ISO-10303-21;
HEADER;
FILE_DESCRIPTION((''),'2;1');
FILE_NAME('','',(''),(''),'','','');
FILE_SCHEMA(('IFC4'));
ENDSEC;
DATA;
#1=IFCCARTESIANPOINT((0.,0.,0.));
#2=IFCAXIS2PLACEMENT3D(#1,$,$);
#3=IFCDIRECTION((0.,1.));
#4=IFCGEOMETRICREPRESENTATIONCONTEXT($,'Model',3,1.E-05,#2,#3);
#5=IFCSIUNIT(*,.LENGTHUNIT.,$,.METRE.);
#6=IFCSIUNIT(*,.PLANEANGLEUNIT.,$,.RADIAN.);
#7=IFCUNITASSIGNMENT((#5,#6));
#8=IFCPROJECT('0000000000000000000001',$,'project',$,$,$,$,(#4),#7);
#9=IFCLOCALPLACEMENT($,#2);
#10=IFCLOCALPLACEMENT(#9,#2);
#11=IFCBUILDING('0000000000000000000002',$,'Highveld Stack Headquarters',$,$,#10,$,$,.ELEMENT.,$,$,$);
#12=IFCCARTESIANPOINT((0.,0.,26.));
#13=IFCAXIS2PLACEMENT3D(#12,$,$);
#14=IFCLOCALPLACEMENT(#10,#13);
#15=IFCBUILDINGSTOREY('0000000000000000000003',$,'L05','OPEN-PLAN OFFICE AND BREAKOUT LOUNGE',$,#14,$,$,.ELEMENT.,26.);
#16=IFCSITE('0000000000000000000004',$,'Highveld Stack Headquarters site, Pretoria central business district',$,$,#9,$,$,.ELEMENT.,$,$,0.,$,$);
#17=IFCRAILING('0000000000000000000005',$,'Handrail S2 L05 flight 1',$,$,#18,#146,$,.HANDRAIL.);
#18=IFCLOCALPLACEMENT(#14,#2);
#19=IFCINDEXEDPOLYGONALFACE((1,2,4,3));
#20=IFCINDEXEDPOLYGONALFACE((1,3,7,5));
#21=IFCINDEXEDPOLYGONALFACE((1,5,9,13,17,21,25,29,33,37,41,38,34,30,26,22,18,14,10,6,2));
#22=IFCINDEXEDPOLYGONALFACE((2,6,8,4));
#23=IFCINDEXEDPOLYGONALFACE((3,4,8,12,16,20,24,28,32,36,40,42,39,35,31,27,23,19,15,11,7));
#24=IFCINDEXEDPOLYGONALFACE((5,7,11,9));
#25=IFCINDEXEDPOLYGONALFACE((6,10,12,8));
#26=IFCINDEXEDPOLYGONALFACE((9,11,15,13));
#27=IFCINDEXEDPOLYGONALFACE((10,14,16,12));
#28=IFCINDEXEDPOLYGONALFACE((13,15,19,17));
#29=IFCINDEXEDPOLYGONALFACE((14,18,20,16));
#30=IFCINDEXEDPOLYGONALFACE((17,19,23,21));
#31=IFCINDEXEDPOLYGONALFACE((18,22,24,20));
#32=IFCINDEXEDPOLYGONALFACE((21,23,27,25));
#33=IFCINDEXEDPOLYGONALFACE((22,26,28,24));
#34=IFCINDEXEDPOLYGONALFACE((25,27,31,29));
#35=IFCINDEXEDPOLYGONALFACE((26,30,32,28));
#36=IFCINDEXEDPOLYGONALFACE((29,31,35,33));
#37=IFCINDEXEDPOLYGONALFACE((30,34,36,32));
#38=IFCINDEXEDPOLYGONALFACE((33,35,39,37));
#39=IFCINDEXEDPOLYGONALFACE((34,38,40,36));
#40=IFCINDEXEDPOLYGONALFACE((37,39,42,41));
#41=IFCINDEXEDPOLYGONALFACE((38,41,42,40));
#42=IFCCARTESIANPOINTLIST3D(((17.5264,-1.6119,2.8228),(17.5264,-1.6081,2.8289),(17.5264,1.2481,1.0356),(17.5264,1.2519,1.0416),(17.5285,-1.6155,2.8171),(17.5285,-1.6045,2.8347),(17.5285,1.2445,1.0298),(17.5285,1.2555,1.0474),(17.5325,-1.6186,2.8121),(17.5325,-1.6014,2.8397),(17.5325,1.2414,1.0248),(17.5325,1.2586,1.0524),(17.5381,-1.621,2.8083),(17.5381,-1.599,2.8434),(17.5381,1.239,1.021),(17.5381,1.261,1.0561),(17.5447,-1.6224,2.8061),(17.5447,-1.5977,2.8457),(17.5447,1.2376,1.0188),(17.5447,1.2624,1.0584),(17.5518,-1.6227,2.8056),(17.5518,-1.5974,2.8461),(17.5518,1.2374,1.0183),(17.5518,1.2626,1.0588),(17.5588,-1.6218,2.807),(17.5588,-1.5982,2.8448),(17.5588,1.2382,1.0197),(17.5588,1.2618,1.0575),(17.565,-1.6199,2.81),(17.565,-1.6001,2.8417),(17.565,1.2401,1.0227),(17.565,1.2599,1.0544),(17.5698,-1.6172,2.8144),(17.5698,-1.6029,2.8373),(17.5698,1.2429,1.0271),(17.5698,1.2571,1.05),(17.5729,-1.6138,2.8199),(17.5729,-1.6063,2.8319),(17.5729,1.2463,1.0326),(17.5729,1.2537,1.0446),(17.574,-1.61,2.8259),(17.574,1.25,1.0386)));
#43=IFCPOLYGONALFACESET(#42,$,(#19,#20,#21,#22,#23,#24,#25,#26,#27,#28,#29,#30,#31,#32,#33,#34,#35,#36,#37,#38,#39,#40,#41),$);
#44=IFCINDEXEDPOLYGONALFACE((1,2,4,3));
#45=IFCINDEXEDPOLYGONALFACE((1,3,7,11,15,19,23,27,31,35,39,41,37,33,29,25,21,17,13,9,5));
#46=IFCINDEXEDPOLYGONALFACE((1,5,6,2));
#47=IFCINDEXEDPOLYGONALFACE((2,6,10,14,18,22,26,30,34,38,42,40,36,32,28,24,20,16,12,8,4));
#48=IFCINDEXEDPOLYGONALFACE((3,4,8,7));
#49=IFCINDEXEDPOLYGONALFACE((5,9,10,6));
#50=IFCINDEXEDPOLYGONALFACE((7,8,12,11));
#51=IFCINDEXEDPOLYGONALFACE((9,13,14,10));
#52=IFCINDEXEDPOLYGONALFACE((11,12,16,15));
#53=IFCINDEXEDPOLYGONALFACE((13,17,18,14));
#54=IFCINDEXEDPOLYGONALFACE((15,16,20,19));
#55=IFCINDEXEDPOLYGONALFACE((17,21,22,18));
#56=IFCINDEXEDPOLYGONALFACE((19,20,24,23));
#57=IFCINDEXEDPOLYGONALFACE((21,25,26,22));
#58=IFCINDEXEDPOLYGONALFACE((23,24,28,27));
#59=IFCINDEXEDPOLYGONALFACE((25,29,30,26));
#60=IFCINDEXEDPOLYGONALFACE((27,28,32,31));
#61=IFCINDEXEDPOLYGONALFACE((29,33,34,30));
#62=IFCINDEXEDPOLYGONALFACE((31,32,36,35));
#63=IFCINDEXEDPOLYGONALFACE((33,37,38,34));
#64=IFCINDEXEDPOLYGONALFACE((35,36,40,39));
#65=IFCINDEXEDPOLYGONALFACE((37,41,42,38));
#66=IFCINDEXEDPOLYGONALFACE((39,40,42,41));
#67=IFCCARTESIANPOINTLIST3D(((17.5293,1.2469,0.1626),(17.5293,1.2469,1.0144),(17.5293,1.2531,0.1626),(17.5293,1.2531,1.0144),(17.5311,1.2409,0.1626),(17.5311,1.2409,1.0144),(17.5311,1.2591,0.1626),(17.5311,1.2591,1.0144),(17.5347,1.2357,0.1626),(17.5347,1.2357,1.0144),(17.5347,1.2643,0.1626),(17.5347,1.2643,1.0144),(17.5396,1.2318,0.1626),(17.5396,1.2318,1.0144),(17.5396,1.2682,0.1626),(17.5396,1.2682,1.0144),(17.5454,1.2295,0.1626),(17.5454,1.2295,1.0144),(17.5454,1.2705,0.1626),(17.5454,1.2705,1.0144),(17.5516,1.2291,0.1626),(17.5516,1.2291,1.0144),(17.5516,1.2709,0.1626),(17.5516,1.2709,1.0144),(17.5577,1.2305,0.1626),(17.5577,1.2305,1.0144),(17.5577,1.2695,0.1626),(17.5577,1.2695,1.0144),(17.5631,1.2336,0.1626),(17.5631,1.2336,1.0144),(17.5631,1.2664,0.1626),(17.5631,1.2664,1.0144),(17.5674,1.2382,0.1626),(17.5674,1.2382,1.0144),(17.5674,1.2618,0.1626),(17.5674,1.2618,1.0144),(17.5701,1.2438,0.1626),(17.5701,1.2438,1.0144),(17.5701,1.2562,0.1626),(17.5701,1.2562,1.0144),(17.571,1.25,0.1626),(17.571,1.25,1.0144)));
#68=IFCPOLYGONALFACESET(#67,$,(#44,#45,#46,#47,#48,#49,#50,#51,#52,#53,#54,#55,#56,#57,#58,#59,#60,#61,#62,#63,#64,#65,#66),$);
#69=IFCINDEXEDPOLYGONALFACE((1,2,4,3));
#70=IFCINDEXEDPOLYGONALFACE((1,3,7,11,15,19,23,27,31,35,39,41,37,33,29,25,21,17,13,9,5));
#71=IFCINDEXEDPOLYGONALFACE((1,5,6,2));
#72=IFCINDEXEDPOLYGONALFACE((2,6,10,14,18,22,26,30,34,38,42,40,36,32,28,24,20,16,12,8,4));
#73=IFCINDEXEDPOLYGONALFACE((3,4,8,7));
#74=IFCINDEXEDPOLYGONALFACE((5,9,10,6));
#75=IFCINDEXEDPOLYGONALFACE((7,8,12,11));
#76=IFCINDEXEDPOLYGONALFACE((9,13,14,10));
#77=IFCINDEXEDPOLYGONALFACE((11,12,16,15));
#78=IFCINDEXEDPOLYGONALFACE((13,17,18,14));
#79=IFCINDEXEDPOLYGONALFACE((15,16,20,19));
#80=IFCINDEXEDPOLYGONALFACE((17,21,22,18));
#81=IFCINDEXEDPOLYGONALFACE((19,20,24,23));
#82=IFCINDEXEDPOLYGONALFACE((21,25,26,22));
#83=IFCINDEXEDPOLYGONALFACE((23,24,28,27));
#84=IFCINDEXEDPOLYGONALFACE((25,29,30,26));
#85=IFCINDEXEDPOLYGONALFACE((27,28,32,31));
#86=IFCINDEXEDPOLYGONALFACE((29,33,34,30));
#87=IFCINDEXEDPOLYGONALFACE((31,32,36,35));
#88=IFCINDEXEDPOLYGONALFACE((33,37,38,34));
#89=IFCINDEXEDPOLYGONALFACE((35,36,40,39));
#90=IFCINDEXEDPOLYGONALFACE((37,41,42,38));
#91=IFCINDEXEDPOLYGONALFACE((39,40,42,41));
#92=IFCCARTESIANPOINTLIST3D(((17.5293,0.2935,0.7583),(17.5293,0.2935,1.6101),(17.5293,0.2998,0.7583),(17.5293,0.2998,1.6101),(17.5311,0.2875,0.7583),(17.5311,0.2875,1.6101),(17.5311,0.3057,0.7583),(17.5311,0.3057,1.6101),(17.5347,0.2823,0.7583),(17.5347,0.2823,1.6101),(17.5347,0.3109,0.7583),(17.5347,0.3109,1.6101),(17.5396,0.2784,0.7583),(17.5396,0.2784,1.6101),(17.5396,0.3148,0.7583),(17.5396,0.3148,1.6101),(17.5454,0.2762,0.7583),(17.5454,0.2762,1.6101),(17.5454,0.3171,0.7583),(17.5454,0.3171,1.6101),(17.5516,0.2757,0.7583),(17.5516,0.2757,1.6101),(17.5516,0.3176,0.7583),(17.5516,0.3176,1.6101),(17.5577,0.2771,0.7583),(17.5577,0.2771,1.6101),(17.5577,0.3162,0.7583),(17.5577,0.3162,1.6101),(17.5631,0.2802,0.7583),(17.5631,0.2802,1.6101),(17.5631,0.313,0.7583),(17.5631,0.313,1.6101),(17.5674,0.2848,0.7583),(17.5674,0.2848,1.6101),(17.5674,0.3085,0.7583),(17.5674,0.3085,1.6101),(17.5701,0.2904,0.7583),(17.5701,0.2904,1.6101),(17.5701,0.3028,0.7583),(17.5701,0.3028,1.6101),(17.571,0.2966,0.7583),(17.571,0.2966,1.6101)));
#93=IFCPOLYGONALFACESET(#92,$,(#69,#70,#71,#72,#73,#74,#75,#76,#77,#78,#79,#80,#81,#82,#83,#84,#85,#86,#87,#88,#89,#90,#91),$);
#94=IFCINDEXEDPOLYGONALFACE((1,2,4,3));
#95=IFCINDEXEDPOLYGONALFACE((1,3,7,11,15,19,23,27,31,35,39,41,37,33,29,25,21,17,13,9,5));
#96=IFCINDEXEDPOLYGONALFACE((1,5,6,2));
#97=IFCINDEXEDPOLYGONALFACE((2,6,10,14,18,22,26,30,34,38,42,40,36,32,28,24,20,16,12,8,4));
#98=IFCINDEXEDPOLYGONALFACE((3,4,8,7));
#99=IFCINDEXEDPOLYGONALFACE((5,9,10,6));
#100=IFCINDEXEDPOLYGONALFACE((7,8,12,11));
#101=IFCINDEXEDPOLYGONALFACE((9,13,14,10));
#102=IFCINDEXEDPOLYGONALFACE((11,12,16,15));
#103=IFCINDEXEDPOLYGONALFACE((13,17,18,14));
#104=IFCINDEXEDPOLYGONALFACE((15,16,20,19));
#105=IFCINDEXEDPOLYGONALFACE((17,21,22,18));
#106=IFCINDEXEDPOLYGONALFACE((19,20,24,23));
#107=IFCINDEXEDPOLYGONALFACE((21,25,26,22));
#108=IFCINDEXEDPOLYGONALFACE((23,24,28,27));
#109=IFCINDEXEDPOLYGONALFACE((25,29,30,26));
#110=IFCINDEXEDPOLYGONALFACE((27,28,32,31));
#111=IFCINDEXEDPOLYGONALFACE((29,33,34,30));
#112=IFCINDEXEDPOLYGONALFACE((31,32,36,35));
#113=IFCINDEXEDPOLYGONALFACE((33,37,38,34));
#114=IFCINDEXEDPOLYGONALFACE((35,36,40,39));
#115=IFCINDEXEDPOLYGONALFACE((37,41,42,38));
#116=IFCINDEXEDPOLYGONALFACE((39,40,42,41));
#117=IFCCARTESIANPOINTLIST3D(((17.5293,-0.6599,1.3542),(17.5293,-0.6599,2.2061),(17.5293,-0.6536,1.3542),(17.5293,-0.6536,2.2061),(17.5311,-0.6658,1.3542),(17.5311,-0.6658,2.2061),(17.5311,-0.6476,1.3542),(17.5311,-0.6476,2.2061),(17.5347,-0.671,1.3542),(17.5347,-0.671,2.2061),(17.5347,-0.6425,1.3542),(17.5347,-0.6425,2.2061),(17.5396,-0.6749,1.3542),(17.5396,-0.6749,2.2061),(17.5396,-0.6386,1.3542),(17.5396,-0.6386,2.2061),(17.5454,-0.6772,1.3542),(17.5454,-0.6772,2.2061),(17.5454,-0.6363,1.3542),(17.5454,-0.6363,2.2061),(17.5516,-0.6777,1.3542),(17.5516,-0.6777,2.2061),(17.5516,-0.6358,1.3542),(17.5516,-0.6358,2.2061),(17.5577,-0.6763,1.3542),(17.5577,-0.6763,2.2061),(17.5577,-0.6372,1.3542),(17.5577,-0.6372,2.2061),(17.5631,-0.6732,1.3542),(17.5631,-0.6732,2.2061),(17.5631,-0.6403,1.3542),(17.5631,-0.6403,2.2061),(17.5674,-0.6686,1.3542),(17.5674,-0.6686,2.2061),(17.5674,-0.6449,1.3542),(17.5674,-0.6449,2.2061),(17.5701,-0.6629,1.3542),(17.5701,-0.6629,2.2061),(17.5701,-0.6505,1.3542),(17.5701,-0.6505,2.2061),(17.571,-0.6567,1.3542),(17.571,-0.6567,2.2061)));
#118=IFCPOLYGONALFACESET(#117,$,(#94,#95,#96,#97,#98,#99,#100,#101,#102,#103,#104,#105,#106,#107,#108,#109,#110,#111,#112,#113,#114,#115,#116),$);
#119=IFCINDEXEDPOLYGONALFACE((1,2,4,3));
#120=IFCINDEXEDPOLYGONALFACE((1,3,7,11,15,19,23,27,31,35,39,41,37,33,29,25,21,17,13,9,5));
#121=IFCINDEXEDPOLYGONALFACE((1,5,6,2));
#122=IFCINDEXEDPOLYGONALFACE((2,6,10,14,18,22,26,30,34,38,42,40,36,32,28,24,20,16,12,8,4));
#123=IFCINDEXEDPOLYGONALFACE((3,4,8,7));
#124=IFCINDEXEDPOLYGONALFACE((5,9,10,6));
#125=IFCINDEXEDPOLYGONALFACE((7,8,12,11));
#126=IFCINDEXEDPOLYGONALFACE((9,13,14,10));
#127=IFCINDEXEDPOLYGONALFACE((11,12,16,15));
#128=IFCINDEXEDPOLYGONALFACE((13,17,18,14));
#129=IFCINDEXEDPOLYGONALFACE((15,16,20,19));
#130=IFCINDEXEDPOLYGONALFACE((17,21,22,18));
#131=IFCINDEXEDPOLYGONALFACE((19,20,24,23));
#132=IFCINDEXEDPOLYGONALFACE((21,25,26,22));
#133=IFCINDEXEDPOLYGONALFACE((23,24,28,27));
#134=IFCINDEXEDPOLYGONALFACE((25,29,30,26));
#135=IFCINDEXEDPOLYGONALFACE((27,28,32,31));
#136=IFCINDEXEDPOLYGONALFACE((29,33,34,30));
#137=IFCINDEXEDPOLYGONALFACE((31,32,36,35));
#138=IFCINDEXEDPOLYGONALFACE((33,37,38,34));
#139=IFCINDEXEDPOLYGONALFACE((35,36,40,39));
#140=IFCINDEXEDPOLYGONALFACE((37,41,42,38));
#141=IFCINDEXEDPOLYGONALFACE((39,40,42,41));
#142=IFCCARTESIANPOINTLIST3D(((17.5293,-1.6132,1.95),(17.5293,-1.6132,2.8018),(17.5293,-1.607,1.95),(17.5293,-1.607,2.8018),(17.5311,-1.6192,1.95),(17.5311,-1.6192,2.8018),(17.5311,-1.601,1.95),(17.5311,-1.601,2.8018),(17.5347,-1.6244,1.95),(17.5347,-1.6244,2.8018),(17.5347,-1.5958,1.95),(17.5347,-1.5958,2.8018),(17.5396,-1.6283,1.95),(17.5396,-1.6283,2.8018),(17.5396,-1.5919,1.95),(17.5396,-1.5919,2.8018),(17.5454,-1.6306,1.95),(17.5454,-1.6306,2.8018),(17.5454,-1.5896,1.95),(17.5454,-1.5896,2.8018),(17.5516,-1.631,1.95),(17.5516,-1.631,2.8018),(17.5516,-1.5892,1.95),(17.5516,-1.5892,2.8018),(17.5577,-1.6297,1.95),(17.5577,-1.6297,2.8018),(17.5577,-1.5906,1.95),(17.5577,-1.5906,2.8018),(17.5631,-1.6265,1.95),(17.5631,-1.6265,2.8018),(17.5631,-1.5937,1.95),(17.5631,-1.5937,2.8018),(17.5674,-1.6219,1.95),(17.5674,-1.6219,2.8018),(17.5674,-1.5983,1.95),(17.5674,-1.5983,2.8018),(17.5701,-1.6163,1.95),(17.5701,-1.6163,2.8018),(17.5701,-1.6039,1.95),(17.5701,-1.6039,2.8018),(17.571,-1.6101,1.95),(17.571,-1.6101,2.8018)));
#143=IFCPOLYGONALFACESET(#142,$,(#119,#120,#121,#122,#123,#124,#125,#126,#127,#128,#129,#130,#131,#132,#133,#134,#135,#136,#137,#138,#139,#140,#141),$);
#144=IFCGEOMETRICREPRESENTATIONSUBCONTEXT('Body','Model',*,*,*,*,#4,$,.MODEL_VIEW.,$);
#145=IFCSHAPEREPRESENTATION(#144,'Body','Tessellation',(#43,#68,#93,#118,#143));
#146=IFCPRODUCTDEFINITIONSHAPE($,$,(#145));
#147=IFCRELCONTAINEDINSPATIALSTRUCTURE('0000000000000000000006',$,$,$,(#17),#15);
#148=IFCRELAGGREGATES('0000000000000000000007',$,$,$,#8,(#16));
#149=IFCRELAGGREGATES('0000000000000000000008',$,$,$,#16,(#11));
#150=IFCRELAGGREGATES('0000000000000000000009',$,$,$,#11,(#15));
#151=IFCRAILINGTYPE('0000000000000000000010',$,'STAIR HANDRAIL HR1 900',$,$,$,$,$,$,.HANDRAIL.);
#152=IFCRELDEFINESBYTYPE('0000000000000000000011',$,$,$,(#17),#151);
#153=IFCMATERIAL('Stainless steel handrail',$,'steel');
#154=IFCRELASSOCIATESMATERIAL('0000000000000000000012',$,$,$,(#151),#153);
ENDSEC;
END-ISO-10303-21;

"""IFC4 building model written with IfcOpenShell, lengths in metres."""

from ifc_helpers import new_model, si_unit, direction, frame, origin, origin_2d, place, context, subcontext, project, spatial, circle, extrude, material, type_object, element, save


model = new_model("IFC4")

# Units and contexts
model_context = context("Model", 3, precision=1e-05, world=origin(), true_north=direction((0.0, 1.0)))
body_context = subcontext(model_context, "Body", "Model", "MODEL_VIEW")
ifc_project = project(units=[si_unit("LENGTHUNIT", "METRE"), si_unit("PLANEANGLEUNIT", "RADIAN")], contexts=[model_context])

# Site, building, storey
site_placement = place(None, origin())
site = spatial("IfcSite", under=ifc_project, at=site_placement, Name="Highveld Stack Headquarters site, Pretoria central business district", CompositionType="ELEMENT", RefElevation=0.0)
building_placement = place(site_placement, origin())
building = spatial("IfcBuilding", under=site, at=building_placement, Name="Highveld Stack Headquarters", CompositionType="ELEMENT")
storey_placement = place(building_placement, frame((0.0, 0.0, 26.0)))
storey = spatial("IfcBuildingStorey", under=building, at=storey_placement, Name="L05", Description="OPEN-PLAN OFFICE AND BREAKOUT LOUNGE", CompositionType="ELEMENT", Elevation=26.0)

# Railing
ifc_material_1 = material(Name="Stainless steel handrail", Category="steel")
railing_type = type_object("IfcRailingType", Name="STAIR HANDRAIL HR1 900", PredefinedType="HANDRAIL", material=ifc_material_1)
for number, where, name in (
    (1, (17.55, 1.25, 0.1626), "Handrail S2 L05 flight 1"),
):
    element("IfcRailing", number, at=place(storey_placement, frame(where)), inside=storey, type_object=railing_type, Name=name, PredefinedType="HANDRAIL", context=body_context, shape_type="SweptSolid", body=[
        extrude(circle(Radius=0.0239, at=origin_2d()), frame((0.0, 0.0, 0.876), z_axis=(0.0, -0.848027, 0.529953), x_axis=(1.0, 0.0, 0.0)), (0.0, 0.0, 1.0), 3.3726),
        extrude(circle(Radius=0.021, at=origin_2d()), origin(), (0.0, 0.0, 1.0), 0.8518),
        extrude(circle(Radius=0.021, at=origin_2d()), frame((0.0, -0.9534, 0.5957)), (0.0, 0.0, 1.0), 0.8518),
        extrude(circle(Radius=0.021, at=origin_2d()), frame((0.0, -1.9067, 1.1917)), (0.0, 0.0, 1.0), 0.8518),
        extrude(circle(Radius=0.021, at=origin_2d()), frame((0.0, -2.8601, 1.7874)), (0.0, 0.0, 1.0), 0.8518),
    ])

save(model, "model.ifc")
